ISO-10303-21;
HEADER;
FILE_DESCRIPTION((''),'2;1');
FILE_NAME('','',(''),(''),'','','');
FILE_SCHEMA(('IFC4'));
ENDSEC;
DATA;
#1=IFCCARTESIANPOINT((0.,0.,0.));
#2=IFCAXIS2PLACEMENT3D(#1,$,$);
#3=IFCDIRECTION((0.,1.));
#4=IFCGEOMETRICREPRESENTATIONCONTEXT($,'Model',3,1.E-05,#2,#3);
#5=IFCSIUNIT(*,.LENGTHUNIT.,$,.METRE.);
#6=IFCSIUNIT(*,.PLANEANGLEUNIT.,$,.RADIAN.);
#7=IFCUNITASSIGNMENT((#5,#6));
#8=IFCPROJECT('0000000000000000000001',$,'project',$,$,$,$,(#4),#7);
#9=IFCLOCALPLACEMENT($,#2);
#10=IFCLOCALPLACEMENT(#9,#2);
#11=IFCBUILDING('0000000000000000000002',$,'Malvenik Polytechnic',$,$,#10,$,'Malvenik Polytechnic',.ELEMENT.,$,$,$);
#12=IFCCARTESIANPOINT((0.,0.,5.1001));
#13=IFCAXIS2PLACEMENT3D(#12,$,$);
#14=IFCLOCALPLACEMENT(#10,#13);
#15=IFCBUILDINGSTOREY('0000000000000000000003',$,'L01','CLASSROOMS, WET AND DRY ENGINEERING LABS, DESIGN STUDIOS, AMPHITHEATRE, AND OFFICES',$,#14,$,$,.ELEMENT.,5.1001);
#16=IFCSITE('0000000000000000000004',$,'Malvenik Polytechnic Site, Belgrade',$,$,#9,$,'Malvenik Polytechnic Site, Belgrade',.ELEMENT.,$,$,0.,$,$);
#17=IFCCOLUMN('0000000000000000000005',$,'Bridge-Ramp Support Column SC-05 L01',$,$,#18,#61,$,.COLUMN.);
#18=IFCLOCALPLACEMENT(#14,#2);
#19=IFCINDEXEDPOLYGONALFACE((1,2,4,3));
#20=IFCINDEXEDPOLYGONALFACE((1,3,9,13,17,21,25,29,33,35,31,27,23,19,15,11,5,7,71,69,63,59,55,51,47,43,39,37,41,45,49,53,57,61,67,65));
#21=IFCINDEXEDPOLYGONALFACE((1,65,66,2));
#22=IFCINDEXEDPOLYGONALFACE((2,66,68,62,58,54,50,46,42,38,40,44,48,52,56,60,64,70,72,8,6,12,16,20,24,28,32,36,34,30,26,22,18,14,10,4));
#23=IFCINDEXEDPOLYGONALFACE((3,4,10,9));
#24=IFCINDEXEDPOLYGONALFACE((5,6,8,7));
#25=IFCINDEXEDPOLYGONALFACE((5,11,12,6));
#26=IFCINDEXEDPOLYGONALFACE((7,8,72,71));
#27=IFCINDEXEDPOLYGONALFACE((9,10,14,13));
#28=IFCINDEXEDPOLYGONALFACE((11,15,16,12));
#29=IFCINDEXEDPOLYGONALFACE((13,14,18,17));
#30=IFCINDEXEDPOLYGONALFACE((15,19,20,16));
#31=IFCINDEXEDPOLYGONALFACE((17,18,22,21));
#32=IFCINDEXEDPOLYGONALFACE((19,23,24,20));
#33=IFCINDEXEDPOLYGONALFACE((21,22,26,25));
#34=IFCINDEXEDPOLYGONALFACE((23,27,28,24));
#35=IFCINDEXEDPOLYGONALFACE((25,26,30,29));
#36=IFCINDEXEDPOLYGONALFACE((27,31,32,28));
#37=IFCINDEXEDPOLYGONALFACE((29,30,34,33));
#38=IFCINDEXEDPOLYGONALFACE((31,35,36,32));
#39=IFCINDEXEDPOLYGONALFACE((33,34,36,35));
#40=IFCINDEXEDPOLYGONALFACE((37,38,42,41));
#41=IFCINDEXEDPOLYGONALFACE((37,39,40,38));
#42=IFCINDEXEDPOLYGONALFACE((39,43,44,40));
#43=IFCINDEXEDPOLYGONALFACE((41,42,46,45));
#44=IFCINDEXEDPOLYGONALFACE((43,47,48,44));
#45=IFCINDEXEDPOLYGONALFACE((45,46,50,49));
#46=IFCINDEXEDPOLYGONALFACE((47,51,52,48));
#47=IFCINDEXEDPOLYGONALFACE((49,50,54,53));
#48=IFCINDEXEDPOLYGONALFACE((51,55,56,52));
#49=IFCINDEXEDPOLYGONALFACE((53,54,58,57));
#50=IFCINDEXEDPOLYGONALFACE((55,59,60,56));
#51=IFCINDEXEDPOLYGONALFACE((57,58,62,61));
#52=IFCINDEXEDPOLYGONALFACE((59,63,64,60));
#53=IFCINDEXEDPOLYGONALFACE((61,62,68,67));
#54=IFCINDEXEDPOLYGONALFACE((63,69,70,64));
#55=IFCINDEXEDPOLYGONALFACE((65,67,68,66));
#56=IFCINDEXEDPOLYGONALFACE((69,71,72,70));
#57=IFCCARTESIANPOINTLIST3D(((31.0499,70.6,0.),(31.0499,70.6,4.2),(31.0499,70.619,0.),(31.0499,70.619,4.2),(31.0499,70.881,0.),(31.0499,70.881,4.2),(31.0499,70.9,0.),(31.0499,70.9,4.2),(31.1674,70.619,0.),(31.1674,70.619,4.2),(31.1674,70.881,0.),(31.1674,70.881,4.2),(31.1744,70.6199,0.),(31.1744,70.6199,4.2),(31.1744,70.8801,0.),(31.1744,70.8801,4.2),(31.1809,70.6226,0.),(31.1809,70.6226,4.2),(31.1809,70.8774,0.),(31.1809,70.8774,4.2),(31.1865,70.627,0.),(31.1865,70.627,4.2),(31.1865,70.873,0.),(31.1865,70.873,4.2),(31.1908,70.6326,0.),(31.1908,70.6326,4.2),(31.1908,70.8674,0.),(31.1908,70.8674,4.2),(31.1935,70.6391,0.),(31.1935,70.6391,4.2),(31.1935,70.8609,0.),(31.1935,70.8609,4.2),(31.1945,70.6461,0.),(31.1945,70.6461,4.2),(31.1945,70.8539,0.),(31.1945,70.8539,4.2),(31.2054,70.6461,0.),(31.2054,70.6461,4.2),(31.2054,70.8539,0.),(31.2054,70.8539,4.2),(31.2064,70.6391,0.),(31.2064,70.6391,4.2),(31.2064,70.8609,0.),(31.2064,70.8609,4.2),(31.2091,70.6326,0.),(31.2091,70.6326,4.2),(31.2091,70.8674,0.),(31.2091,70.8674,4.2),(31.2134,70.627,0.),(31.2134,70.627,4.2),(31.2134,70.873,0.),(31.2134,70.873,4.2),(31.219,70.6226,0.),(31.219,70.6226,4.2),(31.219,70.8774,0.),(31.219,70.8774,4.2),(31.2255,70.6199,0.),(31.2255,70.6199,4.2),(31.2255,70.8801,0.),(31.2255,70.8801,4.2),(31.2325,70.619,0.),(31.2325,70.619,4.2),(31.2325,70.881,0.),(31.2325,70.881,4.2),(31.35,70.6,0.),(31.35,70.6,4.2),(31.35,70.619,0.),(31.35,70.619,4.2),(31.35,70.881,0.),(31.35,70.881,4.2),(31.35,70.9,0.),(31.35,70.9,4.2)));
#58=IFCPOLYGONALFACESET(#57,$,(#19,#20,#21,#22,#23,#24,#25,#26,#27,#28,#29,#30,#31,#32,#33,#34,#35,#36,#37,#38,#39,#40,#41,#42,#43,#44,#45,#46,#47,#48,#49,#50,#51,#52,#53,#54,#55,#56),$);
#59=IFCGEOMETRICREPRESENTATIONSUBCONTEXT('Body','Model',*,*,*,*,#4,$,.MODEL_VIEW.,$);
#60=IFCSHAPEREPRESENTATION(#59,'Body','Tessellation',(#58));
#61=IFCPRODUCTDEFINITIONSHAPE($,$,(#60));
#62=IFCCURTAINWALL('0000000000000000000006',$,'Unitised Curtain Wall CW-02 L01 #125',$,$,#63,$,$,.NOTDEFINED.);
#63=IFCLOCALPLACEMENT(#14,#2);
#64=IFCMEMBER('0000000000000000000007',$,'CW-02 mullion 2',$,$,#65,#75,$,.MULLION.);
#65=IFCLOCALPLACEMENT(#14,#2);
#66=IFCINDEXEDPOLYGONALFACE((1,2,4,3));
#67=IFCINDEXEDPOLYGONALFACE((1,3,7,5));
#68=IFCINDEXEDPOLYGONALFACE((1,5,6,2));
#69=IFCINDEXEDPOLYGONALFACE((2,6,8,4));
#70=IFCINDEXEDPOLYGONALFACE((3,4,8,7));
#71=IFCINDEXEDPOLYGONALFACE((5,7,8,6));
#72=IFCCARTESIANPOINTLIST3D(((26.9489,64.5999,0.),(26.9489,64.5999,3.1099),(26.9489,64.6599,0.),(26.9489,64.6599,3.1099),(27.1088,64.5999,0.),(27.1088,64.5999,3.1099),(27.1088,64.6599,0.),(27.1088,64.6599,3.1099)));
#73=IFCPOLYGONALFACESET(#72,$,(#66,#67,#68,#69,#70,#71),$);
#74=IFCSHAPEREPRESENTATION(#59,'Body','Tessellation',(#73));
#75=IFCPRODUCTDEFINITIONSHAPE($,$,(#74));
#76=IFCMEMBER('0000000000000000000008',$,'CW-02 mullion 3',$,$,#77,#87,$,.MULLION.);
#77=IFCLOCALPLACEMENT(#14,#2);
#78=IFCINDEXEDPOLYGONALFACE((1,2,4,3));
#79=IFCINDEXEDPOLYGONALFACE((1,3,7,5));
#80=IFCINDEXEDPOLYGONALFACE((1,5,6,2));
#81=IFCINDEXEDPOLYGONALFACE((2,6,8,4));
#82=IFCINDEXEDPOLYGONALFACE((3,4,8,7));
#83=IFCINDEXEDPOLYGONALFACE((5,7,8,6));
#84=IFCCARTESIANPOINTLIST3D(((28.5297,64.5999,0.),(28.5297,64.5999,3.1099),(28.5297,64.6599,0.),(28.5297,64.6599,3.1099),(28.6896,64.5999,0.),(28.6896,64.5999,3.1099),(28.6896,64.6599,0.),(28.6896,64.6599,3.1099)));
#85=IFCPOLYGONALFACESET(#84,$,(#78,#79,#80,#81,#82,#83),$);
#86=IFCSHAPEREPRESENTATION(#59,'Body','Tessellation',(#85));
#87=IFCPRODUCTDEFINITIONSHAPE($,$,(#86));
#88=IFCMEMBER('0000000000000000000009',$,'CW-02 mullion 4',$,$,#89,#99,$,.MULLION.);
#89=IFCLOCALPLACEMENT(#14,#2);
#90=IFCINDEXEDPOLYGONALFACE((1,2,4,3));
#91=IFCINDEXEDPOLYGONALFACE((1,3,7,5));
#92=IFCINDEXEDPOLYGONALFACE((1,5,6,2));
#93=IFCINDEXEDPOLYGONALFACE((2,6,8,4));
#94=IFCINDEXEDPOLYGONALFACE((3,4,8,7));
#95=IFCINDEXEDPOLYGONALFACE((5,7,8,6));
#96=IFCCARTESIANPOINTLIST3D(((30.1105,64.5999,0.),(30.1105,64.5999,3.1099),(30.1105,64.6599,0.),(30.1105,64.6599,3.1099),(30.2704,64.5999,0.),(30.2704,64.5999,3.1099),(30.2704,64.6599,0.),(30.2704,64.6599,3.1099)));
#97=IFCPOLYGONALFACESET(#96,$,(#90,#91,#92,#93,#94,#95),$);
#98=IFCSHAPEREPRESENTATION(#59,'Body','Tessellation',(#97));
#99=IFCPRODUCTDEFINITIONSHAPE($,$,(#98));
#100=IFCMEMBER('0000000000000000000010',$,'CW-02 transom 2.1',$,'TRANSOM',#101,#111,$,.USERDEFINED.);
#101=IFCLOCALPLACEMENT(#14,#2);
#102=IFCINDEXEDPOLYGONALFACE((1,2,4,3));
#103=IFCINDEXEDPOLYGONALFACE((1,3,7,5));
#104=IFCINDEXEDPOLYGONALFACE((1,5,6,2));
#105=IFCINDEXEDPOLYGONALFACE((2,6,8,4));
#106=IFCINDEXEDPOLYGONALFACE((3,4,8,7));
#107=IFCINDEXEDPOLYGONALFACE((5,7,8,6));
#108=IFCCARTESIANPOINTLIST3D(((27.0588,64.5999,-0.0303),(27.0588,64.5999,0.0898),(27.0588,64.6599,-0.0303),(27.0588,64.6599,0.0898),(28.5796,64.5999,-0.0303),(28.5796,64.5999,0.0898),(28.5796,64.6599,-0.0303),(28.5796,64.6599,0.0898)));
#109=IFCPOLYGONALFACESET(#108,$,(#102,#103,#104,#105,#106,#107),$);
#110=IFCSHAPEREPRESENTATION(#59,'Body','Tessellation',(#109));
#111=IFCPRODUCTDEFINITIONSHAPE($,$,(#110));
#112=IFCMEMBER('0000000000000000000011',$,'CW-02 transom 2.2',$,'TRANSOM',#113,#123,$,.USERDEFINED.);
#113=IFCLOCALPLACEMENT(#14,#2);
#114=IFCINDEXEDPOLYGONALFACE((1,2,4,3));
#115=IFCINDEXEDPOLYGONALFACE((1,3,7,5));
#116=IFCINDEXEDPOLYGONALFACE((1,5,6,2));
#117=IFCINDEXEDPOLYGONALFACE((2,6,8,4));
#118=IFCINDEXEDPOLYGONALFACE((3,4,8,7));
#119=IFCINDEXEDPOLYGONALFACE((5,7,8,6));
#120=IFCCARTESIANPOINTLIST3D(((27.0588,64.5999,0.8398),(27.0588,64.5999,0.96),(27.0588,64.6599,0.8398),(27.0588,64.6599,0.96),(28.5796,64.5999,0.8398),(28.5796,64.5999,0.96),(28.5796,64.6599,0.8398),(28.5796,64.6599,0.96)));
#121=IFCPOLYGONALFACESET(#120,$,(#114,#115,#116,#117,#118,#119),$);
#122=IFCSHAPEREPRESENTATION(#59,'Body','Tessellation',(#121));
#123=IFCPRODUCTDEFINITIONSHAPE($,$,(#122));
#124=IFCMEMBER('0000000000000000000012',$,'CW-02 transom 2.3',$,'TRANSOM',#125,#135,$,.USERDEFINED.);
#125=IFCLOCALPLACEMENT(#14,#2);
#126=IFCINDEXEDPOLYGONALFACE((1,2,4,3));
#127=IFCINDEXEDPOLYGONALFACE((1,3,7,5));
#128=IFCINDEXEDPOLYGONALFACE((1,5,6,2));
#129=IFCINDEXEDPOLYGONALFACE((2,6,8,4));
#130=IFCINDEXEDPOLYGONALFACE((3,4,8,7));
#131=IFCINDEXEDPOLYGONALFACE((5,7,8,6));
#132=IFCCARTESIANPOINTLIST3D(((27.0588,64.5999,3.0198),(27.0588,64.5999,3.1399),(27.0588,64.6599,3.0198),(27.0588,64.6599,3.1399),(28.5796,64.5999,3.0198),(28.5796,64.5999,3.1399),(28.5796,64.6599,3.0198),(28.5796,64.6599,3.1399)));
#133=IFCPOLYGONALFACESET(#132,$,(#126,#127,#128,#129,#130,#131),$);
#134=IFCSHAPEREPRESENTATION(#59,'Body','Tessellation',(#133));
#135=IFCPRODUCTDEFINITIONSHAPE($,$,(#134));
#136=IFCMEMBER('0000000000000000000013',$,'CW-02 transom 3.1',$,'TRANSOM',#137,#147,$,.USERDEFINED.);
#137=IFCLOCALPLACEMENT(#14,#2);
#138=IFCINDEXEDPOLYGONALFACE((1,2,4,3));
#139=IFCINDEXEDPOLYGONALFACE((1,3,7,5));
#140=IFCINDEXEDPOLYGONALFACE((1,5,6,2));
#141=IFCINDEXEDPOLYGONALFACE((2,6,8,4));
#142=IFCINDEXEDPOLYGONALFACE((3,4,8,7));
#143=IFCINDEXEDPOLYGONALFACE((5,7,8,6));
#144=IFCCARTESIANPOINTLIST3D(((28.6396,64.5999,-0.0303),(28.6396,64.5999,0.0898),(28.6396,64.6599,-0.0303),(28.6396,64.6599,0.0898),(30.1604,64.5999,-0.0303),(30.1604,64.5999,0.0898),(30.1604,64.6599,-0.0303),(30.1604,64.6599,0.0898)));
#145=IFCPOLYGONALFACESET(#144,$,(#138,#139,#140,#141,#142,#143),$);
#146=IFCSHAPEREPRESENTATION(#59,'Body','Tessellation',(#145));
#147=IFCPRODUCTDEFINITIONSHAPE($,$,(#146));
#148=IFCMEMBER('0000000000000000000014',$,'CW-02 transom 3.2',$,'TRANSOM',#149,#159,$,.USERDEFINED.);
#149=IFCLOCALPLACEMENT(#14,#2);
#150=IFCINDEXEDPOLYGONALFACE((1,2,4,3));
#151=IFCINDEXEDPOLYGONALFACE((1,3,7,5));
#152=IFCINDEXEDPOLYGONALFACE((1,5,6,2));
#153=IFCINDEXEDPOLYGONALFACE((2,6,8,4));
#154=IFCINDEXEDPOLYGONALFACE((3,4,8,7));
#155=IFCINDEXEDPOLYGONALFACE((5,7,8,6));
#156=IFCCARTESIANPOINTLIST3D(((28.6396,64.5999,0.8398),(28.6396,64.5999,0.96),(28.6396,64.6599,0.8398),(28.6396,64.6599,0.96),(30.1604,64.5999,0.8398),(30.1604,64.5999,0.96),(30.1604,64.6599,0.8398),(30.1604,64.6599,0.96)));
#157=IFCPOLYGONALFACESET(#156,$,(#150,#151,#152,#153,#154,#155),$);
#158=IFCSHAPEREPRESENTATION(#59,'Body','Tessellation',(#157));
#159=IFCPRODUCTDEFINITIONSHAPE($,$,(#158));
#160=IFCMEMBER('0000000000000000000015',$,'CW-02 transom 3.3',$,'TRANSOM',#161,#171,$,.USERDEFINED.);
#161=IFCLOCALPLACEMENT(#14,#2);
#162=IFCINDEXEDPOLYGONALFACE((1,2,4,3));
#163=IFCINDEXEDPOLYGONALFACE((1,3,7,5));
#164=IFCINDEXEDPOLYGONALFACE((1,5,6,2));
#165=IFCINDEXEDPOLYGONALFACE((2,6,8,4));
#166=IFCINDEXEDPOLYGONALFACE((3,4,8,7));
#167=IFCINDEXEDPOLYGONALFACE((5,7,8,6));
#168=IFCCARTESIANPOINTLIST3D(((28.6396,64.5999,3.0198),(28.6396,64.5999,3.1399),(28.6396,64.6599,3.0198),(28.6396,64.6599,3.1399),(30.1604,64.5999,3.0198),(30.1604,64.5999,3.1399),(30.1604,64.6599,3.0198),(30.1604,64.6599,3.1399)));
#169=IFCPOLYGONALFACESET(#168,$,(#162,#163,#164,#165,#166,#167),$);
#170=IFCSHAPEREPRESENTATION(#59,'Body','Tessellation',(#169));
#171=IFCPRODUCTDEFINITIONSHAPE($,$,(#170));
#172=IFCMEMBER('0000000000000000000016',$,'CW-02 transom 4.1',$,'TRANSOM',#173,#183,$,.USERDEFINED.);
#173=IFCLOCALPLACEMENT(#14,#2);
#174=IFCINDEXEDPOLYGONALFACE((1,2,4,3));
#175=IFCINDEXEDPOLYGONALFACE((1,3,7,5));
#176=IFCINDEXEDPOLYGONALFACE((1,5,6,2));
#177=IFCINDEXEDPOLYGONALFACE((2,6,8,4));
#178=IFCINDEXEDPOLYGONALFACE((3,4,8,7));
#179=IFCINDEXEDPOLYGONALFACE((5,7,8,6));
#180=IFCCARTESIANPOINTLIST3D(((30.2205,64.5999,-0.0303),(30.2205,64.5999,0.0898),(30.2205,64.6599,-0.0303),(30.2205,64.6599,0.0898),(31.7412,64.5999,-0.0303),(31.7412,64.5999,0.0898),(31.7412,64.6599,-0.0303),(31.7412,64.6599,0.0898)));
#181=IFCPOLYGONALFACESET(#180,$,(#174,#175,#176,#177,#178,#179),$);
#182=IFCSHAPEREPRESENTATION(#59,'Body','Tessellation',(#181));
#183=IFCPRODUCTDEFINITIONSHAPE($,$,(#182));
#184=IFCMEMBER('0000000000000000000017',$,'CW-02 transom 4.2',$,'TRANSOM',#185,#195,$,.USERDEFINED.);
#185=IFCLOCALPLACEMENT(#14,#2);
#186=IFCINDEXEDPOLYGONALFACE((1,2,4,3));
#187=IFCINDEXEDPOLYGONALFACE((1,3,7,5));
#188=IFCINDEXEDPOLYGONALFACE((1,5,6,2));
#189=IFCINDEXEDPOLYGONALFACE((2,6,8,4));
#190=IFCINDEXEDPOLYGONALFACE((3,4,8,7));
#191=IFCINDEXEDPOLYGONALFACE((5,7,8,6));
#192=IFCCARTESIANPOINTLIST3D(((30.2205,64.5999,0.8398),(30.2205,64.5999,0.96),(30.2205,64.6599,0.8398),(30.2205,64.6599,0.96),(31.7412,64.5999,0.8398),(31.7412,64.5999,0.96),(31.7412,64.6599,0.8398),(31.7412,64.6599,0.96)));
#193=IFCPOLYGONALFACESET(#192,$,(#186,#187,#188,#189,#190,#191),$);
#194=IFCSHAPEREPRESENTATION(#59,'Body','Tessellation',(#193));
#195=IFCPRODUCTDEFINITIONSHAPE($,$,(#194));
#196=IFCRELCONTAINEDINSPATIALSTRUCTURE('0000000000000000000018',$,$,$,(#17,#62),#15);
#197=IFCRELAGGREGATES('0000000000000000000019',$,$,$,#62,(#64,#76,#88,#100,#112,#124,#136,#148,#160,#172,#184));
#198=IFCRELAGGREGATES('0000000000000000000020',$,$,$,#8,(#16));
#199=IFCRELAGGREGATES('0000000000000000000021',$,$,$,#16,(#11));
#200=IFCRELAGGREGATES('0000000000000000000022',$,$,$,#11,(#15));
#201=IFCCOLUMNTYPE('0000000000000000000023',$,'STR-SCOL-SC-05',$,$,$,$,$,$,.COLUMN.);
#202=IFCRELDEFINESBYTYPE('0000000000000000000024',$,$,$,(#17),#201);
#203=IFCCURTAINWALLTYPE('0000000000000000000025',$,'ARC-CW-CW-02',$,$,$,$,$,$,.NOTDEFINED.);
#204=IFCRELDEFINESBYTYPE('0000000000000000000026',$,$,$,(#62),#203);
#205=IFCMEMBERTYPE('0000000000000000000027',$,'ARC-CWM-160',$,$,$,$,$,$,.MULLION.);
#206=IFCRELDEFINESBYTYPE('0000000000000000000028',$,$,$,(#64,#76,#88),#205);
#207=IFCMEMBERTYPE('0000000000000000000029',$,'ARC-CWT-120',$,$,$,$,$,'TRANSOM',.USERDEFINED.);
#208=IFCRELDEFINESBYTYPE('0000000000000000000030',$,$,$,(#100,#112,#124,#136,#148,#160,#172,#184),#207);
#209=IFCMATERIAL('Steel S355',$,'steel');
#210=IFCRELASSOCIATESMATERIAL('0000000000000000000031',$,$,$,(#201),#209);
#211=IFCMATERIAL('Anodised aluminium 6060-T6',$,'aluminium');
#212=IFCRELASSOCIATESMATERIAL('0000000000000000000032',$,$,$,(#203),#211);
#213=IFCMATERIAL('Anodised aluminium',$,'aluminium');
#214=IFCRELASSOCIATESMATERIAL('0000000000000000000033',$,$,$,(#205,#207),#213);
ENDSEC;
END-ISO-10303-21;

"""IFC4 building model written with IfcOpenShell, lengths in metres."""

from ifc_helpers import new_model, si_unit, direction, frame, origin, origin_2d, place, context, subcontext, project, spatial, rectangle, i_section, extrude, material, material_profile, profile_set, type_object, element, aggregate, save


model = new_model("IFC4")

# Units and contexts
model_context = context("Model", 3, precision=1e-05, world=origin(), true_north=direction((0.0, 1.0)))
body_context = subcontext(model_context, "Body", "Model", "MODEL_VIEW")
ifc_project = project(units=[si_unit("LENGTHUNIT", "METRE"), si_unit("PLANEANGLEUNIT", "RADIAN")], contexts=[model_context])

# Site, building, storey
site_placement = place(None, origin())
site = spatial("IfcSite", under=ifc_project, at=site_placement, Name="Malvenik Polytechnic Site, Belgrade", LongName="Malvenik Polytechnic Site, Belgrade", CompositionType="ELEMENT", RefElevation=0.0)
building_placement = place(site_placement, origin())
building = spatial("IfcBuilding", under=site, at=building_placement, Name="Malvenik Polytechnic", LongName="Malvenik Polytechnic", CompositionType="ELEMENT")
storey_placement = place(building_placement, frame((0.0, 0.0, 5.1001)))
storey = spatial("IfcBuildingStorey", under=building, at=storey_placement, Name="L01", Description="CLASSROOMS, WET AND DRY ENGINEERING LABS, DESIGN STUDIOS, AMPHITHEATRE, AND OFFICES", CompositionType="ELEMENT", Elevation=5.1001)

# Column
ifc_material_1 = material(Name="Steel S355", Category="steel")
ifc_material_profile_1 = material_profile(ifc_material_1, i_section(OverallWidth=0.3, OverallDepth=0.3, WebThickness=0.011, FlangeThickness=0.019, FilletRadius=0.0271, at=origin_2d()), Name="HEB 300")
ifc_profile_set_1 = profile_set([ifc_material_profile_1], Name="Steel S355")
column_type = type_object("IfcColumnType", Name="STR-SCOL-SC-05", PredefinedType="COLUMN", material=ifc_profile_set_1)
column_placement = place(storey_placement, frame((31.2, 70.75, 0.0), z_axis=(0.0, 0.0, 1.0), x_axis=(1.0, 0.0, 0.0)))
element("IfcColumn", 1, at=column_placement, inside=storey, type_object=column_type, Name="Bridge-Ramp Support Column SC-05 L01", PredefinedType="COLUMN", context=body_context, shape_type="SweptSolid", body=[
    extrude(i_section(OverallWidth=0.3, OverallDepth=0.3, WebThickness=0.011, FlangeThickness=0.019, FilletRadius=0.0271, at=origin_2d()), origin(), (0.0, 0.0, 1.0), 4.2),
])

# Curtain wall, members
ifc_material_2 = material(Name="Anodised aluminium 6060-T6", Category="aluminium")
curtain_wall_type = type_object("IfcCurtainWallType", Name="ARC-CW-CW-02", PredefinedType="NOTDEFINED", material=ifc_material_2)
curtain_wall_placement = place(storey_placement, origin())
curtain_wall = element("IfcCurtainWall", 2, at=curtain_wall_placement, inside=storey, type_object=curtain_wall_type, Name="Unitised Curtain Wall CW-02 L01 #125", PredefinedType="NOTDEFINED")
ifc_material_3 = material(Name="Anodised aluminium", Category="aluminium")
ifc_material_profile_2 = material_profile(ifc_material_3, rectangle(XDim=0.0601, YDim=0.1599, at=origin_2d()), Name="ALU MULLION 60x160")
ifc_profile_set_2 = profile_set([ifc_material_profile_2], Name="Anodised aluminium")
member_type_1 = type_object("IfcMemberType", Name="ARC-CWM-160", PredefinedType="MULLION", material=ifc_profile_set_2)
member_1_placement = place(storey_placement, frame((27.0288, 64.6299, 0.0), z_axis=(0.0, 0.0, 1.0), x_axis=(0.0, 1.0, 0.0)))
member_1 = element("IfcMember", 3, at=member_1_placement, type_object=member_type_1, Name="CW-02 mullion 2", PredefinedType="MULLION", context=body_context, shape_type="SweptSolid", body=[
    extrude(rectangle(XDim=0.0601, YDim=0.1599, at=origin_2d()), origin(), (0.0, 0.0, 1.0), 3.1099),
])
member_2_placement = place(storey_placement, frame((28.6096, 64.6299, 0.0), z_axis=(0.0, 0.0, 1.0), x_axis=(0.0, 1.0, 0.0)))
member_2 = element("IfcMember", 4, at=member_2_placement, type_object=member_type_1, Name="CW-02 mullion 3", PredefinedType="MULLION", context=body_context, shape_type="SweptSolid", body=[
    extrude(rectangle(XDim=0.0601, YDim=0.1599, at=origin_2d()), origin(), (0.0, 0.0, 1.0), 3.1099),
])
member_3_placement = place(storey_placement, frame((30.1904, 64.6299, 0.0), z_axis=(0.0, 0.0, 1.0), x_axis=(0.0, 1.0, 0.0)))
member_3 = element("IfcMember", 5, at=member_3_placement, type_object=member_type_1, Name="CW-02 mullion 4", PredefinedType="MULLION", context=body_context, shape_type="SweptSolid", body=[
    extrude(rectangle(XDim=0.0601, YDim=0.1599, at=origin_2d()), origin(), (0.0, 0.0, 1.0), 3.1099),
])
ifc_material_profile_3 = material_profile(ifc_material_3, rectangle(XDim=0.0601, YDim=0.1201, at=origin_2d()), Name="ALU TRANSOM 60x120")
ifc_profile_set_3 = profile_set([ifc_material_profile_3], Name="Anodised aluminium")
member_type_2 = type_object("IfcMemberType", Name="ARC-CWT-120", ElementType="TRANSOM", PredefinedType="USERDEFINED", material=ifc_profile_set_3)
member_4_placement = place(storey_placement, frame((27.0588, 64.6299, 0.0298), z_axis=(1.0, 0.0, 0.0), x_axis=(0.0, 1.0, 0.0)))
member_4 = element("IfcMember", 6, at=member_4_placement, type_object=member_type_2, Name="CW-02 transom 2.1", ObjectType="TRANSOM", PredefinedType="USERDEFINED", context=body_context, shape_type="SweptSolid", body=[
    extrude(rectangle(XDim=0.0601, YDim=0.1201, at=origin_2d()), origin(), (0.0, 0.0, 1.0), 1.5208),
])
member_5_placement = place(storey_placement, frame((27.0588, 64.6299, 0.8999), z_axis=(1.0, 0.0, 0.0), x_axis=(0.0, 1.0, 0.0)))
member_5 = element("IfcMember", 7, at=member_5_placement, type_object=member_type_2, Name="CW-02 transom 2.2", ObjectType="TRANSOM", PredefinedType="USERDEFINED", context=body_context, shape_type="SweptSolid", body=[
    extrude(rectangle(XDim=0.0601, YDim=0.1201, at=origin_2d()), origin(), (0.0, 0.0, 1.0), 1.5208),
])
member_6_placement = place(storey_placement, frame((27.0588, 64.6299, 3.0798), z_axis=(1.0, 0.0, 0.0), x_axis=(0.0, 1.0, 0.0)))
member_6 = element("IfcMember", 8, at=member_6_placement, type_object=member_type_2, Name="CW-02 transom 2.3", ObjectType="TRANSOM", PredefinedType="USERDEFINED", context=body_context, shape_type="SweptSolid", body=[
    extrude(rectangle(XDim=0.0601, YDim=0.1201, at=origin_2d()), origin(), (0.0, 0.0, 1.0), 1.5208),
])
member_7_placement = place(storey_placement, frame((28.6396, 64.6299, 0.0298), z_axis=(1.0, 0.0, 0.0), x_axis=(0.0, 1.0, 0.0)))
member_7 = element("IfcMember", 9, at=member_7_placement, type_object=member_type_2, Name="CW-02 transom 3.1", ObjectType="TRANSOM", PredefinedType="USERDEFINED", context=body_context, shape_type="SweptSolid", body=[
    extrude(rectangle(XDim=0.0601, YDim=0.1201, at=origin_2d()), origin(), (0.0, 0.0, 1.0), 1.5208),
])
member_8_placement = place(storey_placement, frame((28.6396, 64.6299, 0.8999), z_axis=(1.0, 0.0, 0.0), x_axis=(0.0, 1.0, 0.0)))
member_8 = element("IfcMember", 10, at=member_8_placement, type_object=member_type_2, Name="CW-02 transom 3.2", ObjectType="TRANSOM", PredefinedType="USERDEFINED", context=body_context, shape_type="SweptSolid", body=[
    extrude(rectangle(XDim=0.0601, YDim=0.1201, at=origin_2d()), origin(), (0.0, 0.0, 1.0), 1.5208),
])
member_9_placement = place(storey_placement, frame((28.6396, 64.6299, 3.0798), z_axis=(1.0, 0.0, 0.0), x_axis=(0.0, 1.0, 0.0)))
member_9 = element("IfcMember", 11, at=member_9_placement, type_object=member_type_2, Name="CW-02 transom 3.3", ObjectType="TRANSOM", PredefinedType="USERDEFINED", context=body_context, shape_type="SweptSolid", body=[
    extrude(rectangle(XDim=0.0601, YDim=0.1201, at=origin_2d()), origin(), (0.0, 0.0, 1.0), 1.5208),
])
member_10_placement = place(storey_placement, frame((30.2205, 64.6299, 0.0298), z_axis=(1.0, 0.0, 0.0), x_axis=(0.0, 1.0, 0.0)))
member_10 = element("IfcMember", 12, at=member_10_placement, type_object=member_type_2, Name="CW-02 transom 4.1", ObjectType="TRANSOM", PredefinedType="USERDEFINED", context=body_context, shape_type="SweptSolid", body=[
    extrude(rectangle(XDim=0.0601, YDim=0.1201, at=origin_2d()), origin(), (0.0, 0.0, 1.0), 1.5208),
])
member_11_placement = place(storey_placement, frame((30.2205, 64.6299, 0.8999), z_axis=(1.0, 0.0, 0.0), x_axis=(0.0, 1.0, 0.0)))
member_11 = element("IfcMember", 13, at=member_11_placement, type_object=member_type_2, Name="CW-02 transom 4.2", ObjectType="TRANSOM", PredefinedType="USERDEFINED", context=body_context, shape_type="SweptSolid", body=[
    extrude(rectangle(XDim=0.0601, YDim=0.1201, at=origin_2d()), origin(), (0.0, 0.0, 1.0), 1.5208),
])
aggregate(curtain_wall, [member_1, member_2, member_3, member_4, member_5, member_6, member_7, member_8, member_9, member_10, member_11])

save(model, "model.ifc")
